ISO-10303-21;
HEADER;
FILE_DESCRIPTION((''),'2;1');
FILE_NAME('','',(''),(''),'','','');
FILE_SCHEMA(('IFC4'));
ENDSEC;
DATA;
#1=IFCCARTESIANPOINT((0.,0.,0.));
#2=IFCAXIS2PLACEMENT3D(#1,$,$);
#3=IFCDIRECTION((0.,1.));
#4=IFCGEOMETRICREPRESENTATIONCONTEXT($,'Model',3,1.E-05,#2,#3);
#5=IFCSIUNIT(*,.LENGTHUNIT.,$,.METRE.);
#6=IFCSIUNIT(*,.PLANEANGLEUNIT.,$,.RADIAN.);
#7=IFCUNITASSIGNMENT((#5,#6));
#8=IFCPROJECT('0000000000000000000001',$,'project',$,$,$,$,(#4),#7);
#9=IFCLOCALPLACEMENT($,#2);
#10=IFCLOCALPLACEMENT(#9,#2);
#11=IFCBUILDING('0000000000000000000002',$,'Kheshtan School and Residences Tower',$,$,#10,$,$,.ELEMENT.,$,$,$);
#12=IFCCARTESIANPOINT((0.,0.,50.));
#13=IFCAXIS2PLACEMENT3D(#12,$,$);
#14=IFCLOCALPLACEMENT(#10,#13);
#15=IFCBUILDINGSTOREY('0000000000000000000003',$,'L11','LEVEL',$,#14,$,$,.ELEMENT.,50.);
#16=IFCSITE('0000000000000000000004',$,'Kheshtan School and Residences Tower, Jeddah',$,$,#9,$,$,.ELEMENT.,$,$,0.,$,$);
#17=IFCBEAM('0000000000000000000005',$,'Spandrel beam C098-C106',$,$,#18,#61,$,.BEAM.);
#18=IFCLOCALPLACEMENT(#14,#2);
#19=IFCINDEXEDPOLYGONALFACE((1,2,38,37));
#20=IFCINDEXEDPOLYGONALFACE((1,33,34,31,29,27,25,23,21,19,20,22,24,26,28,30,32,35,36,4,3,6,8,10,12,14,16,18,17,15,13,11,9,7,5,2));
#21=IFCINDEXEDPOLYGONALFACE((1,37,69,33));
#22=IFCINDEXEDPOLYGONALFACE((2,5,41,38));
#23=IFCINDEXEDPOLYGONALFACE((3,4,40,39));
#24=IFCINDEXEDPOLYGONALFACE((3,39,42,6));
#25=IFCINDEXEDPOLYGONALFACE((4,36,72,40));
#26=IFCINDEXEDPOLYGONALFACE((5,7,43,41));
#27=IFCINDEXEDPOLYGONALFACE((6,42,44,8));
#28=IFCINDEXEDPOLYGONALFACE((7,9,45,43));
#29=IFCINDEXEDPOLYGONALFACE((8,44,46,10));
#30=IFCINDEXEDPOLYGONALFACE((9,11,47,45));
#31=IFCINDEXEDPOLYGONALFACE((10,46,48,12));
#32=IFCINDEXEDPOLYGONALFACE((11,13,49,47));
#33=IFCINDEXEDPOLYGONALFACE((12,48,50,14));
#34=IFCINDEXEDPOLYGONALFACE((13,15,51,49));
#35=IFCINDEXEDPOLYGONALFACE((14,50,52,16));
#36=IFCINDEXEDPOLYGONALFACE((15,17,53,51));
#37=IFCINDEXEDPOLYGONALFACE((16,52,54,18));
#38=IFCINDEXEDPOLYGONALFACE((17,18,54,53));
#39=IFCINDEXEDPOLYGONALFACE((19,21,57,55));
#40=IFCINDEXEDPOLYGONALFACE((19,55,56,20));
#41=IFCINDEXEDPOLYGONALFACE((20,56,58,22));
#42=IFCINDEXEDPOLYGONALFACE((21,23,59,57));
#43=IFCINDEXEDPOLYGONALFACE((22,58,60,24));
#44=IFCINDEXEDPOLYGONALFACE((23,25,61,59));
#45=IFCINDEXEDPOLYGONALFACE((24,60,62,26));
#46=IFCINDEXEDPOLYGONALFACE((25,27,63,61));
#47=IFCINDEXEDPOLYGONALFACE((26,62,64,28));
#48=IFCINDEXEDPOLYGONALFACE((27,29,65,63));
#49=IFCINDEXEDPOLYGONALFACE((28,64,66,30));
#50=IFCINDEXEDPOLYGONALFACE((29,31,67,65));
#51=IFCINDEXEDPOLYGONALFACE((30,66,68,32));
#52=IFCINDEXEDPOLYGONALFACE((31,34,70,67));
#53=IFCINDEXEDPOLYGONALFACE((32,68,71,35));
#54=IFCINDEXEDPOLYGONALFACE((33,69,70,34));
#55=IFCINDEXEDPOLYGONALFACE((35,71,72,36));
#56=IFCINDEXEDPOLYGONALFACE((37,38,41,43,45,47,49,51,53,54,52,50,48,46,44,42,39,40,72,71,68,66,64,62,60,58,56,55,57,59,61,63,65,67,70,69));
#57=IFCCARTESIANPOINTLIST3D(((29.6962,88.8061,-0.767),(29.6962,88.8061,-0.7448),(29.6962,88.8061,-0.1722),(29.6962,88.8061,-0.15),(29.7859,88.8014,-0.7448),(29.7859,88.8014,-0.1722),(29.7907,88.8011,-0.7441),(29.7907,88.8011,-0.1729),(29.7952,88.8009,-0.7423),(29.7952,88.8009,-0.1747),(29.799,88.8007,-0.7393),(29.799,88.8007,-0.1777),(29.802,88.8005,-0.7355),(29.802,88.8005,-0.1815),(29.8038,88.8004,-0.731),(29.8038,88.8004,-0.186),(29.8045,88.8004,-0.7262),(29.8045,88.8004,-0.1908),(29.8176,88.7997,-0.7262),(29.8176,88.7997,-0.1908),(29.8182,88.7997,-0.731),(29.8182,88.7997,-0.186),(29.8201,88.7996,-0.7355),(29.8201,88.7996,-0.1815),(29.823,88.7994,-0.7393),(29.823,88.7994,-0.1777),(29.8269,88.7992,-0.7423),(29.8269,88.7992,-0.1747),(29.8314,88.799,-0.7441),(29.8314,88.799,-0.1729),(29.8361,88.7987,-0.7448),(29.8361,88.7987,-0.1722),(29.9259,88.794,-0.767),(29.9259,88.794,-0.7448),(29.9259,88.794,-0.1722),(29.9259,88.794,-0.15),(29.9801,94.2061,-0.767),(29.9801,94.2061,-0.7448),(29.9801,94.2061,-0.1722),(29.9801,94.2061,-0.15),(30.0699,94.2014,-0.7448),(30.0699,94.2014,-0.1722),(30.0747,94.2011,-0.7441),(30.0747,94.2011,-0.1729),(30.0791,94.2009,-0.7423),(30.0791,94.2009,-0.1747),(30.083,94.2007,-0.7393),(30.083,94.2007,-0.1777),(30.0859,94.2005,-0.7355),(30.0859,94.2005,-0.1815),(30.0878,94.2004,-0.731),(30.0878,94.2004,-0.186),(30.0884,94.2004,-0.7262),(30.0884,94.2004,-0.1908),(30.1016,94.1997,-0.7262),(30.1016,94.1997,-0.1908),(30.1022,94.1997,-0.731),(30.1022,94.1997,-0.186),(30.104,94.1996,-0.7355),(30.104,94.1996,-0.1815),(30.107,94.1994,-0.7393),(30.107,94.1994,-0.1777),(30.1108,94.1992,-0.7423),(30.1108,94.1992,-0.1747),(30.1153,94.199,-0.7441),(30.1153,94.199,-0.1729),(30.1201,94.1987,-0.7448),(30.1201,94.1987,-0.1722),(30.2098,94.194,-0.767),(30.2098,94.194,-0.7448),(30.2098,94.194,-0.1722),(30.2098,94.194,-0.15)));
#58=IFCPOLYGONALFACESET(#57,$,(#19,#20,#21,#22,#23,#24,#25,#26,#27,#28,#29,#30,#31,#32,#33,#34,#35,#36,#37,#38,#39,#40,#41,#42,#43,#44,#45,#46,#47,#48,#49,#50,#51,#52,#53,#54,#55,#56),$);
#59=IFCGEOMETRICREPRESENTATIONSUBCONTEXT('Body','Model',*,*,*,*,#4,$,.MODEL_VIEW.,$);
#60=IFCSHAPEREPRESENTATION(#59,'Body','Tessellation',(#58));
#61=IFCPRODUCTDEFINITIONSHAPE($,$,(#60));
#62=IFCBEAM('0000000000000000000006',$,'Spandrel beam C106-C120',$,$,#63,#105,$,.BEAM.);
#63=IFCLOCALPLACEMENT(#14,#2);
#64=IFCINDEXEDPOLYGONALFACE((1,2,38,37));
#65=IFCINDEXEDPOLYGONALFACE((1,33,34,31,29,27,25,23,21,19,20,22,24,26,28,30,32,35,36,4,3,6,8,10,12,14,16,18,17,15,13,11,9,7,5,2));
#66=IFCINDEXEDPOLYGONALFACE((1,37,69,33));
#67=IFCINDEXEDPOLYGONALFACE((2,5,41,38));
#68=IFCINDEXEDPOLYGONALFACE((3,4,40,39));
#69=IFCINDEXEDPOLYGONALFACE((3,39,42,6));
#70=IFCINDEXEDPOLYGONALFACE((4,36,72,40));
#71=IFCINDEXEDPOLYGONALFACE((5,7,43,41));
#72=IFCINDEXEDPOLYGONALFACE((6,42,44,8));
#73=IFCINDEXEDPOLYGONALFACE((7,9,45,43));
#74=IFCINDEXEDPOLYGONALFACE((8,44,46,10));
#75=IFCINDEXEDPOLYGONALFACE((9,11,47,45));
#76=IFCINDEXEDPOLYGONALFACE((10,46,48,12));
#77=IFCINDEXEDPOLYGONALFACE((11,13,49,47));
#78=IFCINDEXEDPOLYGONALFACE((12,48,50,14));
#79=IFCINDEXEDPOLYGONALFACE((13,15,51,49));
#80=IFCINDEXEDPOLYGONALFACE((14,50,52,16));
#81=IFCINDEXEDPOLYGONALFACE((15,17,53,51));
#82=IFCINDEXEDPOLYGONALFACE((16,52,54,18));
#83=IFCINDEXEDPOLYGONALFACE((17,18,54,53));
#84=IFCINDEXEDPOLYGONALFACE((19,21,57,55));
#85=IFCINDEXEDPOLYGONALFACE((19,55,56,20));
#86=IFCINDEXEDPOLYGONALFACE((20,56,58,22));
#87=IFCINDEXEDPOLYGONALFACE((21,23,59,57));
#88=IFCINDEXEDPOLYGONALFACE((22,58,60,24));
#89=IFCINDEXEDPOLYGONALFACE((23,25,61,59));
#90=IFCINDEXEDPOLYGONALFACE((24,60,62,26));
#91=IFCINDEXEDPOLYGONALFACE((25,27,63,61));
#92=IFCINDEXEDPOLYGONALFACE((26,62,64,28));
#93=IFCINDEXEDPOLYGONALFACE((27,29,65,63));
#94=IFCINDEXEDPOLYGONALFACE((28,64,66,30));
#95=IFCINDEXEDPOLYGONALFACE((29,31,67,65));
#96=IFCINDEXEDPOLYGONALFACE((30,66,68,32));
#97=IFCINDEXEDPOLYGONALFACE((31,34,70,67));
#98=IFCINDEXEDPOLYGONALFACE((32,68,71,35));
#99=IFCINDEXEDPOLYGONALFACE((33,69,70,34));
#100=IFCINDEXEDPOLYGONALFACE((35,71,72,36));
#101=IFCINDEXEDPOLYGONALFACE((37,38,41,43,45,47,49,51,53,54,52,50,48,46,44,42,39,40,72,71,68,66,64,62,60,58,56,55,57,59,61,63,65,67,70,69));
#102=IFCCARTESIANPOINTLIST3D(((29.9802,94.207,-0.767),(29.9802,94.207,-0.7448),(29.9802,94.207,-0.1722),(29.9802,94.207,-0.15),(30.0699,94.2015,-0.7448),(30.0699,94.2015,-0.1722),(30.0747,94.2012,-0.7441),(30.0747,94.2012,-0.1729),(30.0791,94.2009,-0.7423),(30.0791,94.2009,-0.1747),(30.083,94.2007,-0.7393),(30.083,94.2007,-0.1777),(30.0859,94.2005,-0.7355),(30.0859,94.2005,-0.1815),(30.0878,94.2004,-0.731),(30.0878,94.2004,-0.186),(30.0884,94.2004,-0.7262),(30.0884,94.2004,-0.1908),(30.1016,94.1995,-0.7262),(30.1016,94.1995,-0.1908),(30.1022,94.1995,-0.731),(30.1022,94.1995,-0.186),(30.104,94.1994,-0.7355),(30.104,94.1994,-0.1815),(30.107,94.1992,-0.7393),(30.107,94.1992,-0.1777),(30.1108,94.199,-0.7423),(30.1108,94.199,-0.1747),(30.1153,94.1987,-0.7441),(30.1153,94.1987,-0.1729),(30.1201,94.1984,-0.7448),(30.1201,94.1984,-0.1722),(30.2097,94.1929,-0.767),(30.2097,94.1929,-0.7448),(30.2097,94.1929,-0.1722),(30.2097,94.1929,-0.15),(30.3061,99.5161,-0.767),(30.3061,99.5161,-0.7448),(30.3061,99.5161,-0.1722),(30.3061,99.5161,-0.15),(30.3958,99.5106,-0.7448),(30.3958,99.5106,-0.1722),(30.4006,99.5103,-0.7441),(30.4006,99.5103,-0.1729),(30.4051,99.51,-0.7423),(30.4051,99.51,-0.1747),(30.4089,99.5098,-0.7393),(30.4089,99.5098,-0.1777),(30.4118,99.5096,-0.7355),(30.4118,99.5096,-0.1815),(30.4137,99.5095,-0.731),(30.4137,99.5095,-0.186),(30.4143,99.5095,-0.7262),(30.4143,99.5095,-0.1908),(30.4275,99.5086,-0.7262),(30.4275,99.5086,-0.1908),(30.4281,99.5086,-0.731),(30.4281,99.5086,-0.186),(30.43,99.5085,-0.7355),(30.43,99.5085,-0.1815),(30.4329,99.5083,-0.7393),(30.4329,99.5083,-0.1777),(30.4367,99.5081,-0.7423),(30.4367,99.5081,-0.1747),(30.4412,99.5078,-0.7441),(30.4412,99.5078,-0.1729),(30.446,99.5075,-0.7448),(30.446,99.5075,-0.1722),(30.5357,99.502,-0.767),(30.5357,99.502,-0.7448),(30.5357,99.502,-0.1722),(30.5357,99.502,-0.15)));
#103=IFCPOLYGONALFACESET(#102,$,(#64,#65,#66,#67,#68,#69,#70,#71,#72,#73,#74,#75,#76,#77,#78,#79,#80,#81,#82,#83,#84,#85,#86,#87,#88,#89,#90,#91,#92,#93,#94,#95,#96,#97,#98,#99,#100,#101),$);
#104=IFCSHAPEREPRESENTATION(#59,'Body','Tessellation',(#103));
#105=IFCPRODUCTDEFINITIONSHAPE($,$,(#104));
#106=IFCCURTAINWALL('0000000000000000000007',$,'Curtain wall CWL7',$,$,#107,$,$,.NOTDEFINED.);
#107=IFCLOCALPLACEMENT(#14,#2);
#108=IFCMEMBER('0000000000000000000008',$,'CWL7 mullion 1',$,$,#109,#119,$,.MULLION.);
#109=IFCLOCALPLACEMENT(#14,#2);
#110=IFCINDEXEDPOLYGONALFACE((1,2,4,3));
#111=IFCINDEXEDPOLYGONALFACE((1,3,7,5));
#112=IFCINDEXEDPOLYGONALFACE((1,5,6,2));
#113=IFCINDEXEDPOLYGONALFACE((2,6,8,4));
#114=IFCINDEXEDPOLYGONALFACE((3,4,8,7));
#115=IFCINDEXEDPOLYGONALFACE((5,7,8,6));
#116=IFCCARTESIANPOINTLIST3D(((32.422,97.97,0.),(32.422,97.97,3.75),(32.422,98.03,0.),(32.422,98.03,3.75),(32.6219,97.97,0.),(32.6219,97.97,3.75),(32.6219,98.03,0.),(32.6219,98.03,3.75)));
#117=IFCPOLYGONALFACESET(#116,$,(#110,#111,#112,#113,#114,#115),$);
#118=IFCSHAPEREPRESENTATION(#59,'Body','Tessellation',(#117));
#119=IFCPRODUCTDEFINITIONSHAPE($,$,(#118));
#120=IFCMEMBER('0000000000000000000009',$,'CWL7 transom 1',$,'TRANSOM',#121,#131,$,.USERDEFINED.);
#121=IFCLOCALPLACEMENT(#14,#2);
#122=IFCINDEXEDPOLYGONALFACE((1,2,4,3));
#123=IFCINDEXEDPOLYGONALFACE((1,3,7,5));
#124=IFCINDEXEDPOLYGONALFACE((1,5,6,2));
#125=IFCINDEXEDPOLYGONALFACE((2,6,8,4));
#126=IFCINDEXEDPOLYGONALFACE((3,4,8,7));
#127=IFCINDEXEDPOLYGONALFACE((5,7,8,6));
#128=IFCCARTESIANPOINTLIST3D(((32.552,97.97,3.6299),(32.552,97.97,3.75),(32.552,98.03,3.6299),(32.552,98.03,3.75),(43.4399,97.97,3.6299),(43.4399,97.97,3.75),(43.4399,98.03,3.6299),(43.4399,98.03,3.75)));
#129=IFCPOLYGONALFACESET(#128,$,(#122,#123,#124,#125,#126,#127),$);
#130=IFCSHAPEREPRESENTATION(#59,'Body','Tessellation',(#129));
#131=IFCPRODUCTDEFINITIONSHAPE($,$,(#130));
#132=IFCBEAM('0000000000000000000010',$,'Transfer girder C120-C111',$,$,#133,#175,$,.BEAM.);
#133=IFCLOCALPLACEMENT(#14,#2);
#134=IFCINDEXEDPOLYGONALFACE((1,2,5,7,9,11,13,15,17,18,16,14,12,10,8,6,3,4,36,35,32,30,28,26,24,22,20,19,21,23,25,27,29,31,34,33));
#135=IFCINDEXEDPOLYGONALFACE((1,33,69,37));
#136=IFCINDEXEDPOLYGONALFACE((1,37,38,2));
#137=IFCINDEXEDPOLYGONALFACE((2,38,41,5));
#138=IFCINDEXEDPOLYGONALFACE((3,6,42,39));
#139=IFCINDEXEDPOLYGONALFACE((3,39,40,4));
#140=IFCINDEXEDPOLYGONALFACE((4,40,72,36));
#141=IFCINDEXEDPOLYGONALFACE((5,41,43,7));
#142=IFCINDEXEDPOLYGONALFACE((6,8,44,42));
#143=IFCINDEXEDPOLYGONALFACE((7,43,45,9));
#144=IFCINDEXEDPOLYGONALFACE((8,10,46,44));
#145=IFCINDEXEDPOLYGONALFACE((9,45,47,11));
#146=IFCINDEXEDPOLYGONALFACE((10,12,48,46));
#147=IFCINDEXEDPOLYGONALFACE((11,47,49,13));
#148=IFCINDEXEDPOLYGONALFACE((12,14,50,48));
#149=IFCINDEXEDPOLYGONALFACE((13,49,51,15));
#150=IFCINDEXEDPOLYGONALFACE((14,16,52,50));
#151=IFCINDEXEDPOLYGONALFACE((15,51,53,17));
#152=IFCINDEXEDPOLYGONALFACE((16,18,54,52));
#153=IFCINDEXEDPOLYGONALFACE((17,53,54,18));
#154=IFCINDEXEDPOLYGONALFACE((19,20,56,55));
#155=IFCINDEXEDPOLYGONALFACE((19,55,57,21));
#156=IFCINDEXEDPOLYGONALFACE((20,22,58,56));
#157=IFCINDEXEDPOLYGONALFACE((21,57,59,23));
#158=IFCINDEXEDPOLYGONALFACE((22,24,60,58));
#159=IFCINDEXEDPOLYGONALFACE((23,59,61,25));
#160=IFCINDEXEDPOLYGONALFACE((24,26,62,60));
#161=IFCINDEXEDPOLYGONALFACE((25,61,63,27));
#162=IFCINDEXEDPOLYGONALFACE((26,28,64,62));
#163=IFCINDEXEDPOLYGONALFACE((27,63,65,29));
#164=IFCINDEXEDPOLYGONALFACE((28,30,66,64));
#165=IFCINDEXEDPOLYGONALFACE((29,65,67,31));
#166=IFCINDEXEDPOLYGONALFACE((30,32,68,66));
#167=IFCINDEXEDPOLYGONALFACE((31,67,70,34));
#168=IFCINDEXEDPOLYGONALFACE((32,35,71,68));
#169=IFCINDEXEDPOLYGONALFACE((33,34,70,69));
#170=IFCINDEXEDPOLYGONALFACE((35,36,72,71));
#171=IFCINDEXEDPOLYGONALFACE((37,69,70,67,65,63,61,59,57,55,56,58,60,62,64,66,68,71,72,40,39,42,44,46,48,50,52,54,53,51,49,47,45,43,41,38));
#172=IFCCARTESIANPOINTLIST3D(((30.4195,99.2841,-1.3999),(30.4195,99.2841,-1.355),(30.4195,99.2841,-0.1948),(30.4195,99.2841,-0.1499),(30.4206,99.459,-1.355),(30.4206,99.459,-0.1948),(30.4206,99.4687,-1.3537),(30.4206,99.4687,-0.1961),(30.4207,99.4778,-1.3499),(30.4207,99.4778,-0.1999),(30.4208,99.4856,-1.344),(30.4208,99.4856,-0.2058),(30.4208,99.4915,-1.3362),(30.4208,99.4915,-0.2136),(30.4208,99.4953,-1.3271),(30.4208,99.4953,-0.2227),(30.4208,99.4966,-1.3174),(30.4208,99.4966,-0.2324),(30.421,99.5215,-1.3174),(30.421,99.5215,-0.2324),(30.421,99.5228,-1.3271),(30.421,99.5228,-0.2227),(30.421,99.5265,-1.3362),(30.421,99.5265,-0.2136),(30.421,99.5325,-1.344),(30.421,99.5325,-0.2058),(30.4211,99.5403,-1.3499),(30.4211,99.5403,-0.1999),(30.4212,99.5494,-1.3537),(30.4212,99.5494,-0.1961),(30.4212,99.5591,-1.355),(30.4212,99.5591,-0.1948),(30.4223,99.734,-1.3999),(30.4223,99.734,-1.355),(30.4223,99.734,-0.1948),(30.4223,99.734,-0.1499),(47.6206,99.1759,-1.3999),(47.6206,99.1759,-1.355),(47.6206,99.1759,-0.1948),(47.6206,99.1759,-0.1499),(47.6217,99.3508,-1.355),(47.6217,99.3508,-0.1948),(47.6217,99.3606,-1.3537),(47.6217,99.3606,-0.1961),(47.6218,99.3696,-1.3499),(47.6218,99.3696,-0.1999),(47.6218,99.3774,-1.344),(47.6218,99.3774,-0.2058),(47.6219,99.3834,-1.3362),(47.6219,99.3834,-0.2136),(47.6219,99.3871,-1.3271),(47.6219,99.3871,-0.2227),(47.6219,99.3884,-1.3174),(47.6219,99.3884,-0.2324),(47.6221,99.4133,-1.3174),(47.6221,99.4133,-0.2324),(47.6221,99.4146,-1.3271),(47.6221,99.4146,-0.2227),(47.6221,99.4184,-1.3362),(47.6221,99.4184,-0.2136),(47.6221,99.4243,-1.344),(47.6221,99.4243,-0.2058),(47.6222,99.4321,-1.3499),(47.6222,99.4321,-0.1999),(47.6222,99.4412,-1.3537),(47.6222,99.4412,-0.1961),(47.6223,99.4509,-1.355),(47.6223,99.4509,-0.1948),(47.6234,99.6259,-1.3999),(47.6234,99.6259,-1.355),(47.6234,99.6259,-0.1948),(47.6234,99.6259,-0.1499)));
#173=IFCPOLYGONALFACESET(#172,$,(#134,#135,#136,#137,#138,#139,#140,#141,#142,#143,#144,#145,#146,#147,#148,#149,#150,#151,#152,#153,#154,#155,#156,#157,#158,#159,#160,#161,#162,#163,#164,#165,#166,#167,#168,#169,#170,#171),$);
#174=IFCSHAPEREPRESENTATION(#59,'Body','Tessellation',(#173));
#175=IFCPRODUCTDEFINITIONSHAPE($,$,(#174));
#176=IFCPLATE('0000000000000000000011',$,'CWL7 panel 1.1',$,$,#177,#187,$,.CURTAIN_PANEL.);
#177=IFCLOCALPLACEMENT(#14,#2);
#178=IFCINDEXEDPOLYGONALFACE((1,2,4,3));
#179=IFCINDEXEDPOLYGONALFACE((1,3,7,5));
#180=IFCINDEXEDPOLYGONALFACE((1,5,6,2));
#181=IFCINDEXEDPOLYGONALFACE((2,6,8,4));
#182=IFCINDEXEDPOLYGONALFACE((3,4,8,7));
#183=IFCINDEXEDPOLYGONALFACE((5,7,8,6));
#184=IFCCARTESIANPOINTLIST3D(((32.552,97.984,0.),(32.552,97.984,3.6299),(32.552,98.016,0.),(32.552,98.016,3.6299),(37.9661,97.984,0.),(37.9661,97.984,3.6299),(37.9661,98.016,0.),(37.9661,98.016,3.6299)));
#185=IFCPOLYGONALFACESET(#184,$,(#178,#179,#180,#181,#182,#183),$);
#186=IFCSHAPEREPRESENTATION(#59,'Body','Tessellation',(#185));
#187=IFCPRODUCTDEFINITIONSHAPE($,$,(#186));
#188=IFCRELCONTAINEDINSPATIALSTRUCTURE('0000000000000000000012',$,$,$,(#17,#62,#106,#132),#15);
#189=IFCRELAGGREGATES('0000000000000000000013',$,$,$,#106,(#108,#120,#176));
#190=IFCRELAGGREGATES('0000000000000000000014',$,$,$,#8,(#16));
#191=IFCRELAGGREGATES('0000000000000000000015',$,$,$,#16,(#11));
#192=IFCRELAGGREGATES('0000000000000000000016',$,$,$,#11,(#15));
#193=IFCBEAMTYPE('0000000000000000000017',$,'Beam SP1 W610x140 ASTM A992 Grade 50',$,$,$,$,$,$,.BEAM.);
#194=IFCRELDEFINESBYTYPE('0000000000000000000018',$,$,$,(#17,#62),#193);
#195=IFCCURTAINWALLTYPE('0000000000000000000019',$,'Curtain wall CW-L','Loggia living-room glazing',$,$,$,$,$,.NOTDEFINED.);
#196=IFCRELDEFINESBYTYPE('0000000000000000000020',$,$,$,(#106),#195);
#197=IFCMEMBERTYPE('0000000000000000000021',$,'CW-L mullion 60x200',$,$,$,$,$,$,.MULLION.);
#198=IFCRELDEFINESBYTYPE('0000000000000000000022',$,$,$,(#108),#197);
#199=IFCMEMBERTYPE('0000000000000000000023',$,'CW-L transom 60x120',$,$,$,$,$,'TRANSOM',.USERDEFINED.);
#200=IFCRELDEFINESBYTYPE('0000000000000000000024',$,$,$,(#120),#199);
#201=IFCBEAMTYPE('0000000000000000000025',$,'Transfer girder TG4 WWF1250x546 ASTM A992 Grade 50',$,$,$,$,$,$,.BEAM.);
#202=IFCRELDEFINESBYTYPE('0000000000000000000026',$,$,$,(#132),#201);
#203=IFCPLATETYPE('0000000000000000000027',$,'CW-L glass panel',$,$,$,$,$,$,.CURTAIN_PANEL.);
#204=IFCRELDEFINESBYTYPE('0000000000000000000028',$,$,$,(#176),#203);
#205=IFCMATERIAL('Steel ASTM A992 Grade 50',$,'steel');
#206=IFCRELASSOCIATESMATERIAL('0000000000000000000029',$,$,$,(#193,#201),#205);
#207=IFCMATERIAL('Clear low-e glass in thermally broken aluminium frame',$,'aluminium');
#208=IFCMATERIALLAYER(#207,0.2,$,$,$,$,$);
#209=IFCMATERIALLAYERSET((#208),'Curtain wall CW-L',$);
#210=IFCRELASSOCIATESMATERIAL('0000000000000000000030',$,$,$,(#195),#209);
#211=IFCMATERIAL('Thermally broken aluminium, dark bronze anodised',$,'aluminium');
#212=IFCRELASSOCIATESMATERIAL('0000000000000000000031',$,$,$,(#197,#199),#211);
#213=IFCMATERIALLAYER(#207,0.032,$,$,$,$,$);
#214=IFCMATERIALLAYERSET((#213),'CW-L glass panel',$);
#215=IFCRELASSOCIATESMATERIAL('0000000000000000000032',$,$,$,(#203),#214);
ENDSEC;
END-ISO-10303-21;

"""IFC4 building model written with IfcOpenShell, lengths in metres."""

from ifc_helpers import new_model, si_unit, direction, frame, origin, origin_2d, place, context, subcontext, project, spatial, rectangle, i_section, extrude, material, layer, layer_set, material_profile, profile_set, type_object, element, aggregate, save


model = new_model("IFC4")

# Units and contexts
model_context = context("Model", 3, precision=1e-05, world=origin(), true_north=direction((0.0, 1.0)))
body_context = subcontext(model_context, "Body", "Model", "MODEL_VIEW")
ifc_project = project(units=[si_unit("LENGTHUNIT", "METRE"), si_unit("PLANEANGLEUNIT", "RADIAN")], contexts=[model_context])

# Site, building, storey
site_placement = place(None, origin())
site = spatial("IfcSite", under=ifc_project, at=site_placement, Name="Kheshtan School and Residences Tower, Jeddah", CompositionType="ELEMENT", RefElevation=0.0)
building_placement = place(site_placement, origin())
building = spatial("IfcBuilding", under=site, at=building_placement, Name="Kheshtan School and Residences Tower", CompositionType="ELEMENT")
storey_placement = place(building_placement, frame((0.0, 0.0, 50.0)))
storey = spatial("IfcBuildingStorey", under=building, at=storey_placement, Name="L11", Description="LEVEL", CompositionType="ELEMENT", Elevation=50.0)

# Shared definitions
ifc_material_1 = material(Name="Steel ASTM A992 Grade 50", Category="steel")

# Beams
ifc_material_profile_1 = material_profile(ifc_material_1, i_section(OverallWidth=0.23, OverallDepth=0.6169, WebThickness=0.0132, FlangeThickness=0.0222, FilletRadius=0.0186, at=origin_2d()), Name="W610x140")
ifc_profile_set_1 = profile_set([ifc_material_profile_1], Name="Steel ASTM A992 Grade 50")
beam_type_1 = type_object("IfcBeamType", Name="Beam SP1 W610x140 ASTM A992 Grade 50", PredefinedType="BEAM", material=ifc_profile_set_1)
beam_1_placement = place(storey_placement, frame((29.811, 88.8, -0.4585), z_axis=(0.052509, 0.99862, 0.0), x_axis=(-0.99862, 0.052509, 0.0)))
element("IfcBeam", 1, at=beam_1_placement, inside=storey, type_object=beam_type_1, Name="Spandrel beam C098-C106", PredefinedType="BEAM", context=body_context, shape_type="SweptSolid", body=[
    extrude(i_section(OverallWidth=0.23, OverallDepth=0.6169, WebThickness=0.0132, FlangeThickness=0.0222, FilletRadius=0.0186, at=origin_2d()), origin(), (0.0, 0.0, 1.0), 5.4075),
])
beam_2_placement = place(storey_placement, frame((30.095, 94.2, -0.4585), z_axis=(0.061275, 0.998121, 0.0), x_axis=(-0.998121, 0.061275, 0.0)))
element("IfcBeam", 2, at=beam_2_placement, inside=storey, type_object=beam_type_1, Name="Spandrel beam C106-C120", PredefinedType="BEAM", context=body_context, shape_type="SweptSolid", body=[
    extrude(i_section(OverallWidth=0.23, OverallDepth=0.6169, WebThickness=0.0132, FlangeThickness=0.0222, FilletRadius=0.0186, at=origin_2d()), origin(), (0.0, 0.0, 1.0), 5.3191),
])

# Curtain wall, members
ifc_material_2 = material(Name="Clear low-e glass in thermally broken aluminium frame", Category="aluminium")
ifc_layer_1 = layer(ifc_material_2, 0.2)
ifc_layer_set_1 = layer_set([ifc_layer_1], Name="Curtain wall CW-L")
curtain_wall_type = type_object("IfcCurtainWallType", Name="Curtain wall CW-L", Description="Loggia living-room glazing", PredefinedType="NOTDEFINED", material=ifc_layer_set_1)
curtain_wall_placement = place(storey_placement, origin())
curtain_wall = element("IfcCurtainWall", 3, at=curtain_wall_placement, inside=storey, type_object=curtain_wall_type, Name="Curtain wall CWL7", PredefinedType="NOTDEFINED")
ifc_material_3 = material(Name="Thermally broken aluminium, dark bronze anodised", Category="aluminium")
ifc_material_profile_2 = material_profile(ifc_material_3, rectangle(XDim=0.0601, YDim=0.2, at=origin_2d()), Name="CW-L mullion 60x200")
ifc_profile_set_2 = profile_set([ifc_material_profile_2], Name="Thermally broken aluminium, dark bronze anodised")
member_type_1 = type_object("IfcMemberType", Name="CW-L mullion 60x200", PredefinedType="MULLION", material=ifc_profile_set_2)
member_1_placement = place(storey_placement, frame((32.522, 98.0, 0.0), z_axis=(0.0, 0.0, 1.0), x_axis=(0.0, 1.0, 0.0)))
member_1 = element("IfcMember", 4, at=member_1_placement, type_object=member_type_1, Name="CWL7 mullion 1", PredefinedType="MULLION", context=body_context, shape_type="SweptSolid", body=[
    extrude(rectangle(XDim=0.0601, YDim=0.2, at=origin_2d()), origin(), (0.0, 0.0, 1.0), 3.75),
])
ifc_material_profile_3 = material_profile(ifc_material_3, rectangle(XDim=0.0601, YDim=0.1201, at=origin_2d()), Name="CW-L transom 60x120")
ifc_profile_set_3 = profile_set([ifc_material_profile_3], Name="Thermally broken aluminium, dark bronze anodised")
member_type_2 = type_object("IfcMemberType", Name="CW-L transom 60x120", ElementType="TRANSOM", PredefinedType="USERDEFINED", material=ifc_profile_set_3)
member_2_placement = place(storey_placement, frame((32.552, 98.0, 3.6899), z_axis=(1.0, 0.0, 0.0), x_axis=(0.0, 1.0, 0.0)))
member_2 = element("IfcMember", 5, at=member_2_placement, type_object=member_type_2, Name="CWL7 transom 1", ObjectType="TRANSOM", PredefinedType="USERDEFINED", context=body_context, shape_type="SweptSolid", body=[
    extrude(rectangle(XDim=0.0601, YDim=0.1201, at=origin_2d()), origin(), (0.0, 0.0, 1.0), 10.8879),
])

# Beam
ifc_material_profile_4 = material_profile(ifc_material_1, i_section(OverallWidth=0.45, OverallDepth=1.25, WebThickness=0.0249, FlangeThickness=0.0449, FilletRadius=0.0376, at=origin_2d()), Name="WWF1250x546")
ifc_profile_set_4 = profile_set([ifc_material_profile_4], Name="Steel ASTM A992 Grade 50")
beam_type_2 = type_object("IfcBeamType", Name="Transfer girder TG4 WWF1250x546 ASTM A992 Grade 50", PredefinedType="BEAM", material=ifc_profile_set_4)
beam_3_placement = place(storey_placement, frame((30.4209, 99.509, -0.7749), z_axis=(0.99998, -0.006287, 0.0), x_axis=(0.006287, 0.99998, 0.0)))
element("IfcBeam", 6, at=beam_3_placement, inside=storey, type_object=beam_type_2, Name="Transfer girder C120-C111", PredefinedType="BEAM", context=body_context, shape_type="SweptSolid", body=[
    extrude(i_section(OverallWidth=0.45, OverallDepth=1.25, WebThickness=0.0249, FlangeThickness=0.0449, FilletRadius=0.0376, at=origin_2d()), origin(), (0.0, 0.0, 1.0), 17.2014),
])

# Plate
ifc_layer_2 = layer(ifc_material_2, 0.032)
ifc_layer_set_2 = layer_set([ifc_layer_2], Name="CW-L glass panel")
plate_type = type_object("IfcPlateType", Name="CW-L glass panel", PredefinedType="CURTAIN_PANEL", material=ifc_layer_set_2)
plate_placement = place(storey_placement, frame((35.259, 98.0, 0.0), z_axis=(0.0, 0.0, 1.0), x_axis=(1.0, 0.0, 0.0)))
plate = element("IfcPlate", 7, at=plate_placement, type_object=plate_type, Name="CWL7 panel 1.1", PredefinedType="CURTAIN_PANEL", context=body_context, shape_type="SweptSolid", body=[
    extrude(rectangle(XDim=5.4141, YDim=0.032, at=origin_2d()), origin(), (0.0, 0.0, 1.0), 3.6299),
])
aggregate(curtain_wall, [member_1, member_2, plate])

save(model, "model.ifc")
